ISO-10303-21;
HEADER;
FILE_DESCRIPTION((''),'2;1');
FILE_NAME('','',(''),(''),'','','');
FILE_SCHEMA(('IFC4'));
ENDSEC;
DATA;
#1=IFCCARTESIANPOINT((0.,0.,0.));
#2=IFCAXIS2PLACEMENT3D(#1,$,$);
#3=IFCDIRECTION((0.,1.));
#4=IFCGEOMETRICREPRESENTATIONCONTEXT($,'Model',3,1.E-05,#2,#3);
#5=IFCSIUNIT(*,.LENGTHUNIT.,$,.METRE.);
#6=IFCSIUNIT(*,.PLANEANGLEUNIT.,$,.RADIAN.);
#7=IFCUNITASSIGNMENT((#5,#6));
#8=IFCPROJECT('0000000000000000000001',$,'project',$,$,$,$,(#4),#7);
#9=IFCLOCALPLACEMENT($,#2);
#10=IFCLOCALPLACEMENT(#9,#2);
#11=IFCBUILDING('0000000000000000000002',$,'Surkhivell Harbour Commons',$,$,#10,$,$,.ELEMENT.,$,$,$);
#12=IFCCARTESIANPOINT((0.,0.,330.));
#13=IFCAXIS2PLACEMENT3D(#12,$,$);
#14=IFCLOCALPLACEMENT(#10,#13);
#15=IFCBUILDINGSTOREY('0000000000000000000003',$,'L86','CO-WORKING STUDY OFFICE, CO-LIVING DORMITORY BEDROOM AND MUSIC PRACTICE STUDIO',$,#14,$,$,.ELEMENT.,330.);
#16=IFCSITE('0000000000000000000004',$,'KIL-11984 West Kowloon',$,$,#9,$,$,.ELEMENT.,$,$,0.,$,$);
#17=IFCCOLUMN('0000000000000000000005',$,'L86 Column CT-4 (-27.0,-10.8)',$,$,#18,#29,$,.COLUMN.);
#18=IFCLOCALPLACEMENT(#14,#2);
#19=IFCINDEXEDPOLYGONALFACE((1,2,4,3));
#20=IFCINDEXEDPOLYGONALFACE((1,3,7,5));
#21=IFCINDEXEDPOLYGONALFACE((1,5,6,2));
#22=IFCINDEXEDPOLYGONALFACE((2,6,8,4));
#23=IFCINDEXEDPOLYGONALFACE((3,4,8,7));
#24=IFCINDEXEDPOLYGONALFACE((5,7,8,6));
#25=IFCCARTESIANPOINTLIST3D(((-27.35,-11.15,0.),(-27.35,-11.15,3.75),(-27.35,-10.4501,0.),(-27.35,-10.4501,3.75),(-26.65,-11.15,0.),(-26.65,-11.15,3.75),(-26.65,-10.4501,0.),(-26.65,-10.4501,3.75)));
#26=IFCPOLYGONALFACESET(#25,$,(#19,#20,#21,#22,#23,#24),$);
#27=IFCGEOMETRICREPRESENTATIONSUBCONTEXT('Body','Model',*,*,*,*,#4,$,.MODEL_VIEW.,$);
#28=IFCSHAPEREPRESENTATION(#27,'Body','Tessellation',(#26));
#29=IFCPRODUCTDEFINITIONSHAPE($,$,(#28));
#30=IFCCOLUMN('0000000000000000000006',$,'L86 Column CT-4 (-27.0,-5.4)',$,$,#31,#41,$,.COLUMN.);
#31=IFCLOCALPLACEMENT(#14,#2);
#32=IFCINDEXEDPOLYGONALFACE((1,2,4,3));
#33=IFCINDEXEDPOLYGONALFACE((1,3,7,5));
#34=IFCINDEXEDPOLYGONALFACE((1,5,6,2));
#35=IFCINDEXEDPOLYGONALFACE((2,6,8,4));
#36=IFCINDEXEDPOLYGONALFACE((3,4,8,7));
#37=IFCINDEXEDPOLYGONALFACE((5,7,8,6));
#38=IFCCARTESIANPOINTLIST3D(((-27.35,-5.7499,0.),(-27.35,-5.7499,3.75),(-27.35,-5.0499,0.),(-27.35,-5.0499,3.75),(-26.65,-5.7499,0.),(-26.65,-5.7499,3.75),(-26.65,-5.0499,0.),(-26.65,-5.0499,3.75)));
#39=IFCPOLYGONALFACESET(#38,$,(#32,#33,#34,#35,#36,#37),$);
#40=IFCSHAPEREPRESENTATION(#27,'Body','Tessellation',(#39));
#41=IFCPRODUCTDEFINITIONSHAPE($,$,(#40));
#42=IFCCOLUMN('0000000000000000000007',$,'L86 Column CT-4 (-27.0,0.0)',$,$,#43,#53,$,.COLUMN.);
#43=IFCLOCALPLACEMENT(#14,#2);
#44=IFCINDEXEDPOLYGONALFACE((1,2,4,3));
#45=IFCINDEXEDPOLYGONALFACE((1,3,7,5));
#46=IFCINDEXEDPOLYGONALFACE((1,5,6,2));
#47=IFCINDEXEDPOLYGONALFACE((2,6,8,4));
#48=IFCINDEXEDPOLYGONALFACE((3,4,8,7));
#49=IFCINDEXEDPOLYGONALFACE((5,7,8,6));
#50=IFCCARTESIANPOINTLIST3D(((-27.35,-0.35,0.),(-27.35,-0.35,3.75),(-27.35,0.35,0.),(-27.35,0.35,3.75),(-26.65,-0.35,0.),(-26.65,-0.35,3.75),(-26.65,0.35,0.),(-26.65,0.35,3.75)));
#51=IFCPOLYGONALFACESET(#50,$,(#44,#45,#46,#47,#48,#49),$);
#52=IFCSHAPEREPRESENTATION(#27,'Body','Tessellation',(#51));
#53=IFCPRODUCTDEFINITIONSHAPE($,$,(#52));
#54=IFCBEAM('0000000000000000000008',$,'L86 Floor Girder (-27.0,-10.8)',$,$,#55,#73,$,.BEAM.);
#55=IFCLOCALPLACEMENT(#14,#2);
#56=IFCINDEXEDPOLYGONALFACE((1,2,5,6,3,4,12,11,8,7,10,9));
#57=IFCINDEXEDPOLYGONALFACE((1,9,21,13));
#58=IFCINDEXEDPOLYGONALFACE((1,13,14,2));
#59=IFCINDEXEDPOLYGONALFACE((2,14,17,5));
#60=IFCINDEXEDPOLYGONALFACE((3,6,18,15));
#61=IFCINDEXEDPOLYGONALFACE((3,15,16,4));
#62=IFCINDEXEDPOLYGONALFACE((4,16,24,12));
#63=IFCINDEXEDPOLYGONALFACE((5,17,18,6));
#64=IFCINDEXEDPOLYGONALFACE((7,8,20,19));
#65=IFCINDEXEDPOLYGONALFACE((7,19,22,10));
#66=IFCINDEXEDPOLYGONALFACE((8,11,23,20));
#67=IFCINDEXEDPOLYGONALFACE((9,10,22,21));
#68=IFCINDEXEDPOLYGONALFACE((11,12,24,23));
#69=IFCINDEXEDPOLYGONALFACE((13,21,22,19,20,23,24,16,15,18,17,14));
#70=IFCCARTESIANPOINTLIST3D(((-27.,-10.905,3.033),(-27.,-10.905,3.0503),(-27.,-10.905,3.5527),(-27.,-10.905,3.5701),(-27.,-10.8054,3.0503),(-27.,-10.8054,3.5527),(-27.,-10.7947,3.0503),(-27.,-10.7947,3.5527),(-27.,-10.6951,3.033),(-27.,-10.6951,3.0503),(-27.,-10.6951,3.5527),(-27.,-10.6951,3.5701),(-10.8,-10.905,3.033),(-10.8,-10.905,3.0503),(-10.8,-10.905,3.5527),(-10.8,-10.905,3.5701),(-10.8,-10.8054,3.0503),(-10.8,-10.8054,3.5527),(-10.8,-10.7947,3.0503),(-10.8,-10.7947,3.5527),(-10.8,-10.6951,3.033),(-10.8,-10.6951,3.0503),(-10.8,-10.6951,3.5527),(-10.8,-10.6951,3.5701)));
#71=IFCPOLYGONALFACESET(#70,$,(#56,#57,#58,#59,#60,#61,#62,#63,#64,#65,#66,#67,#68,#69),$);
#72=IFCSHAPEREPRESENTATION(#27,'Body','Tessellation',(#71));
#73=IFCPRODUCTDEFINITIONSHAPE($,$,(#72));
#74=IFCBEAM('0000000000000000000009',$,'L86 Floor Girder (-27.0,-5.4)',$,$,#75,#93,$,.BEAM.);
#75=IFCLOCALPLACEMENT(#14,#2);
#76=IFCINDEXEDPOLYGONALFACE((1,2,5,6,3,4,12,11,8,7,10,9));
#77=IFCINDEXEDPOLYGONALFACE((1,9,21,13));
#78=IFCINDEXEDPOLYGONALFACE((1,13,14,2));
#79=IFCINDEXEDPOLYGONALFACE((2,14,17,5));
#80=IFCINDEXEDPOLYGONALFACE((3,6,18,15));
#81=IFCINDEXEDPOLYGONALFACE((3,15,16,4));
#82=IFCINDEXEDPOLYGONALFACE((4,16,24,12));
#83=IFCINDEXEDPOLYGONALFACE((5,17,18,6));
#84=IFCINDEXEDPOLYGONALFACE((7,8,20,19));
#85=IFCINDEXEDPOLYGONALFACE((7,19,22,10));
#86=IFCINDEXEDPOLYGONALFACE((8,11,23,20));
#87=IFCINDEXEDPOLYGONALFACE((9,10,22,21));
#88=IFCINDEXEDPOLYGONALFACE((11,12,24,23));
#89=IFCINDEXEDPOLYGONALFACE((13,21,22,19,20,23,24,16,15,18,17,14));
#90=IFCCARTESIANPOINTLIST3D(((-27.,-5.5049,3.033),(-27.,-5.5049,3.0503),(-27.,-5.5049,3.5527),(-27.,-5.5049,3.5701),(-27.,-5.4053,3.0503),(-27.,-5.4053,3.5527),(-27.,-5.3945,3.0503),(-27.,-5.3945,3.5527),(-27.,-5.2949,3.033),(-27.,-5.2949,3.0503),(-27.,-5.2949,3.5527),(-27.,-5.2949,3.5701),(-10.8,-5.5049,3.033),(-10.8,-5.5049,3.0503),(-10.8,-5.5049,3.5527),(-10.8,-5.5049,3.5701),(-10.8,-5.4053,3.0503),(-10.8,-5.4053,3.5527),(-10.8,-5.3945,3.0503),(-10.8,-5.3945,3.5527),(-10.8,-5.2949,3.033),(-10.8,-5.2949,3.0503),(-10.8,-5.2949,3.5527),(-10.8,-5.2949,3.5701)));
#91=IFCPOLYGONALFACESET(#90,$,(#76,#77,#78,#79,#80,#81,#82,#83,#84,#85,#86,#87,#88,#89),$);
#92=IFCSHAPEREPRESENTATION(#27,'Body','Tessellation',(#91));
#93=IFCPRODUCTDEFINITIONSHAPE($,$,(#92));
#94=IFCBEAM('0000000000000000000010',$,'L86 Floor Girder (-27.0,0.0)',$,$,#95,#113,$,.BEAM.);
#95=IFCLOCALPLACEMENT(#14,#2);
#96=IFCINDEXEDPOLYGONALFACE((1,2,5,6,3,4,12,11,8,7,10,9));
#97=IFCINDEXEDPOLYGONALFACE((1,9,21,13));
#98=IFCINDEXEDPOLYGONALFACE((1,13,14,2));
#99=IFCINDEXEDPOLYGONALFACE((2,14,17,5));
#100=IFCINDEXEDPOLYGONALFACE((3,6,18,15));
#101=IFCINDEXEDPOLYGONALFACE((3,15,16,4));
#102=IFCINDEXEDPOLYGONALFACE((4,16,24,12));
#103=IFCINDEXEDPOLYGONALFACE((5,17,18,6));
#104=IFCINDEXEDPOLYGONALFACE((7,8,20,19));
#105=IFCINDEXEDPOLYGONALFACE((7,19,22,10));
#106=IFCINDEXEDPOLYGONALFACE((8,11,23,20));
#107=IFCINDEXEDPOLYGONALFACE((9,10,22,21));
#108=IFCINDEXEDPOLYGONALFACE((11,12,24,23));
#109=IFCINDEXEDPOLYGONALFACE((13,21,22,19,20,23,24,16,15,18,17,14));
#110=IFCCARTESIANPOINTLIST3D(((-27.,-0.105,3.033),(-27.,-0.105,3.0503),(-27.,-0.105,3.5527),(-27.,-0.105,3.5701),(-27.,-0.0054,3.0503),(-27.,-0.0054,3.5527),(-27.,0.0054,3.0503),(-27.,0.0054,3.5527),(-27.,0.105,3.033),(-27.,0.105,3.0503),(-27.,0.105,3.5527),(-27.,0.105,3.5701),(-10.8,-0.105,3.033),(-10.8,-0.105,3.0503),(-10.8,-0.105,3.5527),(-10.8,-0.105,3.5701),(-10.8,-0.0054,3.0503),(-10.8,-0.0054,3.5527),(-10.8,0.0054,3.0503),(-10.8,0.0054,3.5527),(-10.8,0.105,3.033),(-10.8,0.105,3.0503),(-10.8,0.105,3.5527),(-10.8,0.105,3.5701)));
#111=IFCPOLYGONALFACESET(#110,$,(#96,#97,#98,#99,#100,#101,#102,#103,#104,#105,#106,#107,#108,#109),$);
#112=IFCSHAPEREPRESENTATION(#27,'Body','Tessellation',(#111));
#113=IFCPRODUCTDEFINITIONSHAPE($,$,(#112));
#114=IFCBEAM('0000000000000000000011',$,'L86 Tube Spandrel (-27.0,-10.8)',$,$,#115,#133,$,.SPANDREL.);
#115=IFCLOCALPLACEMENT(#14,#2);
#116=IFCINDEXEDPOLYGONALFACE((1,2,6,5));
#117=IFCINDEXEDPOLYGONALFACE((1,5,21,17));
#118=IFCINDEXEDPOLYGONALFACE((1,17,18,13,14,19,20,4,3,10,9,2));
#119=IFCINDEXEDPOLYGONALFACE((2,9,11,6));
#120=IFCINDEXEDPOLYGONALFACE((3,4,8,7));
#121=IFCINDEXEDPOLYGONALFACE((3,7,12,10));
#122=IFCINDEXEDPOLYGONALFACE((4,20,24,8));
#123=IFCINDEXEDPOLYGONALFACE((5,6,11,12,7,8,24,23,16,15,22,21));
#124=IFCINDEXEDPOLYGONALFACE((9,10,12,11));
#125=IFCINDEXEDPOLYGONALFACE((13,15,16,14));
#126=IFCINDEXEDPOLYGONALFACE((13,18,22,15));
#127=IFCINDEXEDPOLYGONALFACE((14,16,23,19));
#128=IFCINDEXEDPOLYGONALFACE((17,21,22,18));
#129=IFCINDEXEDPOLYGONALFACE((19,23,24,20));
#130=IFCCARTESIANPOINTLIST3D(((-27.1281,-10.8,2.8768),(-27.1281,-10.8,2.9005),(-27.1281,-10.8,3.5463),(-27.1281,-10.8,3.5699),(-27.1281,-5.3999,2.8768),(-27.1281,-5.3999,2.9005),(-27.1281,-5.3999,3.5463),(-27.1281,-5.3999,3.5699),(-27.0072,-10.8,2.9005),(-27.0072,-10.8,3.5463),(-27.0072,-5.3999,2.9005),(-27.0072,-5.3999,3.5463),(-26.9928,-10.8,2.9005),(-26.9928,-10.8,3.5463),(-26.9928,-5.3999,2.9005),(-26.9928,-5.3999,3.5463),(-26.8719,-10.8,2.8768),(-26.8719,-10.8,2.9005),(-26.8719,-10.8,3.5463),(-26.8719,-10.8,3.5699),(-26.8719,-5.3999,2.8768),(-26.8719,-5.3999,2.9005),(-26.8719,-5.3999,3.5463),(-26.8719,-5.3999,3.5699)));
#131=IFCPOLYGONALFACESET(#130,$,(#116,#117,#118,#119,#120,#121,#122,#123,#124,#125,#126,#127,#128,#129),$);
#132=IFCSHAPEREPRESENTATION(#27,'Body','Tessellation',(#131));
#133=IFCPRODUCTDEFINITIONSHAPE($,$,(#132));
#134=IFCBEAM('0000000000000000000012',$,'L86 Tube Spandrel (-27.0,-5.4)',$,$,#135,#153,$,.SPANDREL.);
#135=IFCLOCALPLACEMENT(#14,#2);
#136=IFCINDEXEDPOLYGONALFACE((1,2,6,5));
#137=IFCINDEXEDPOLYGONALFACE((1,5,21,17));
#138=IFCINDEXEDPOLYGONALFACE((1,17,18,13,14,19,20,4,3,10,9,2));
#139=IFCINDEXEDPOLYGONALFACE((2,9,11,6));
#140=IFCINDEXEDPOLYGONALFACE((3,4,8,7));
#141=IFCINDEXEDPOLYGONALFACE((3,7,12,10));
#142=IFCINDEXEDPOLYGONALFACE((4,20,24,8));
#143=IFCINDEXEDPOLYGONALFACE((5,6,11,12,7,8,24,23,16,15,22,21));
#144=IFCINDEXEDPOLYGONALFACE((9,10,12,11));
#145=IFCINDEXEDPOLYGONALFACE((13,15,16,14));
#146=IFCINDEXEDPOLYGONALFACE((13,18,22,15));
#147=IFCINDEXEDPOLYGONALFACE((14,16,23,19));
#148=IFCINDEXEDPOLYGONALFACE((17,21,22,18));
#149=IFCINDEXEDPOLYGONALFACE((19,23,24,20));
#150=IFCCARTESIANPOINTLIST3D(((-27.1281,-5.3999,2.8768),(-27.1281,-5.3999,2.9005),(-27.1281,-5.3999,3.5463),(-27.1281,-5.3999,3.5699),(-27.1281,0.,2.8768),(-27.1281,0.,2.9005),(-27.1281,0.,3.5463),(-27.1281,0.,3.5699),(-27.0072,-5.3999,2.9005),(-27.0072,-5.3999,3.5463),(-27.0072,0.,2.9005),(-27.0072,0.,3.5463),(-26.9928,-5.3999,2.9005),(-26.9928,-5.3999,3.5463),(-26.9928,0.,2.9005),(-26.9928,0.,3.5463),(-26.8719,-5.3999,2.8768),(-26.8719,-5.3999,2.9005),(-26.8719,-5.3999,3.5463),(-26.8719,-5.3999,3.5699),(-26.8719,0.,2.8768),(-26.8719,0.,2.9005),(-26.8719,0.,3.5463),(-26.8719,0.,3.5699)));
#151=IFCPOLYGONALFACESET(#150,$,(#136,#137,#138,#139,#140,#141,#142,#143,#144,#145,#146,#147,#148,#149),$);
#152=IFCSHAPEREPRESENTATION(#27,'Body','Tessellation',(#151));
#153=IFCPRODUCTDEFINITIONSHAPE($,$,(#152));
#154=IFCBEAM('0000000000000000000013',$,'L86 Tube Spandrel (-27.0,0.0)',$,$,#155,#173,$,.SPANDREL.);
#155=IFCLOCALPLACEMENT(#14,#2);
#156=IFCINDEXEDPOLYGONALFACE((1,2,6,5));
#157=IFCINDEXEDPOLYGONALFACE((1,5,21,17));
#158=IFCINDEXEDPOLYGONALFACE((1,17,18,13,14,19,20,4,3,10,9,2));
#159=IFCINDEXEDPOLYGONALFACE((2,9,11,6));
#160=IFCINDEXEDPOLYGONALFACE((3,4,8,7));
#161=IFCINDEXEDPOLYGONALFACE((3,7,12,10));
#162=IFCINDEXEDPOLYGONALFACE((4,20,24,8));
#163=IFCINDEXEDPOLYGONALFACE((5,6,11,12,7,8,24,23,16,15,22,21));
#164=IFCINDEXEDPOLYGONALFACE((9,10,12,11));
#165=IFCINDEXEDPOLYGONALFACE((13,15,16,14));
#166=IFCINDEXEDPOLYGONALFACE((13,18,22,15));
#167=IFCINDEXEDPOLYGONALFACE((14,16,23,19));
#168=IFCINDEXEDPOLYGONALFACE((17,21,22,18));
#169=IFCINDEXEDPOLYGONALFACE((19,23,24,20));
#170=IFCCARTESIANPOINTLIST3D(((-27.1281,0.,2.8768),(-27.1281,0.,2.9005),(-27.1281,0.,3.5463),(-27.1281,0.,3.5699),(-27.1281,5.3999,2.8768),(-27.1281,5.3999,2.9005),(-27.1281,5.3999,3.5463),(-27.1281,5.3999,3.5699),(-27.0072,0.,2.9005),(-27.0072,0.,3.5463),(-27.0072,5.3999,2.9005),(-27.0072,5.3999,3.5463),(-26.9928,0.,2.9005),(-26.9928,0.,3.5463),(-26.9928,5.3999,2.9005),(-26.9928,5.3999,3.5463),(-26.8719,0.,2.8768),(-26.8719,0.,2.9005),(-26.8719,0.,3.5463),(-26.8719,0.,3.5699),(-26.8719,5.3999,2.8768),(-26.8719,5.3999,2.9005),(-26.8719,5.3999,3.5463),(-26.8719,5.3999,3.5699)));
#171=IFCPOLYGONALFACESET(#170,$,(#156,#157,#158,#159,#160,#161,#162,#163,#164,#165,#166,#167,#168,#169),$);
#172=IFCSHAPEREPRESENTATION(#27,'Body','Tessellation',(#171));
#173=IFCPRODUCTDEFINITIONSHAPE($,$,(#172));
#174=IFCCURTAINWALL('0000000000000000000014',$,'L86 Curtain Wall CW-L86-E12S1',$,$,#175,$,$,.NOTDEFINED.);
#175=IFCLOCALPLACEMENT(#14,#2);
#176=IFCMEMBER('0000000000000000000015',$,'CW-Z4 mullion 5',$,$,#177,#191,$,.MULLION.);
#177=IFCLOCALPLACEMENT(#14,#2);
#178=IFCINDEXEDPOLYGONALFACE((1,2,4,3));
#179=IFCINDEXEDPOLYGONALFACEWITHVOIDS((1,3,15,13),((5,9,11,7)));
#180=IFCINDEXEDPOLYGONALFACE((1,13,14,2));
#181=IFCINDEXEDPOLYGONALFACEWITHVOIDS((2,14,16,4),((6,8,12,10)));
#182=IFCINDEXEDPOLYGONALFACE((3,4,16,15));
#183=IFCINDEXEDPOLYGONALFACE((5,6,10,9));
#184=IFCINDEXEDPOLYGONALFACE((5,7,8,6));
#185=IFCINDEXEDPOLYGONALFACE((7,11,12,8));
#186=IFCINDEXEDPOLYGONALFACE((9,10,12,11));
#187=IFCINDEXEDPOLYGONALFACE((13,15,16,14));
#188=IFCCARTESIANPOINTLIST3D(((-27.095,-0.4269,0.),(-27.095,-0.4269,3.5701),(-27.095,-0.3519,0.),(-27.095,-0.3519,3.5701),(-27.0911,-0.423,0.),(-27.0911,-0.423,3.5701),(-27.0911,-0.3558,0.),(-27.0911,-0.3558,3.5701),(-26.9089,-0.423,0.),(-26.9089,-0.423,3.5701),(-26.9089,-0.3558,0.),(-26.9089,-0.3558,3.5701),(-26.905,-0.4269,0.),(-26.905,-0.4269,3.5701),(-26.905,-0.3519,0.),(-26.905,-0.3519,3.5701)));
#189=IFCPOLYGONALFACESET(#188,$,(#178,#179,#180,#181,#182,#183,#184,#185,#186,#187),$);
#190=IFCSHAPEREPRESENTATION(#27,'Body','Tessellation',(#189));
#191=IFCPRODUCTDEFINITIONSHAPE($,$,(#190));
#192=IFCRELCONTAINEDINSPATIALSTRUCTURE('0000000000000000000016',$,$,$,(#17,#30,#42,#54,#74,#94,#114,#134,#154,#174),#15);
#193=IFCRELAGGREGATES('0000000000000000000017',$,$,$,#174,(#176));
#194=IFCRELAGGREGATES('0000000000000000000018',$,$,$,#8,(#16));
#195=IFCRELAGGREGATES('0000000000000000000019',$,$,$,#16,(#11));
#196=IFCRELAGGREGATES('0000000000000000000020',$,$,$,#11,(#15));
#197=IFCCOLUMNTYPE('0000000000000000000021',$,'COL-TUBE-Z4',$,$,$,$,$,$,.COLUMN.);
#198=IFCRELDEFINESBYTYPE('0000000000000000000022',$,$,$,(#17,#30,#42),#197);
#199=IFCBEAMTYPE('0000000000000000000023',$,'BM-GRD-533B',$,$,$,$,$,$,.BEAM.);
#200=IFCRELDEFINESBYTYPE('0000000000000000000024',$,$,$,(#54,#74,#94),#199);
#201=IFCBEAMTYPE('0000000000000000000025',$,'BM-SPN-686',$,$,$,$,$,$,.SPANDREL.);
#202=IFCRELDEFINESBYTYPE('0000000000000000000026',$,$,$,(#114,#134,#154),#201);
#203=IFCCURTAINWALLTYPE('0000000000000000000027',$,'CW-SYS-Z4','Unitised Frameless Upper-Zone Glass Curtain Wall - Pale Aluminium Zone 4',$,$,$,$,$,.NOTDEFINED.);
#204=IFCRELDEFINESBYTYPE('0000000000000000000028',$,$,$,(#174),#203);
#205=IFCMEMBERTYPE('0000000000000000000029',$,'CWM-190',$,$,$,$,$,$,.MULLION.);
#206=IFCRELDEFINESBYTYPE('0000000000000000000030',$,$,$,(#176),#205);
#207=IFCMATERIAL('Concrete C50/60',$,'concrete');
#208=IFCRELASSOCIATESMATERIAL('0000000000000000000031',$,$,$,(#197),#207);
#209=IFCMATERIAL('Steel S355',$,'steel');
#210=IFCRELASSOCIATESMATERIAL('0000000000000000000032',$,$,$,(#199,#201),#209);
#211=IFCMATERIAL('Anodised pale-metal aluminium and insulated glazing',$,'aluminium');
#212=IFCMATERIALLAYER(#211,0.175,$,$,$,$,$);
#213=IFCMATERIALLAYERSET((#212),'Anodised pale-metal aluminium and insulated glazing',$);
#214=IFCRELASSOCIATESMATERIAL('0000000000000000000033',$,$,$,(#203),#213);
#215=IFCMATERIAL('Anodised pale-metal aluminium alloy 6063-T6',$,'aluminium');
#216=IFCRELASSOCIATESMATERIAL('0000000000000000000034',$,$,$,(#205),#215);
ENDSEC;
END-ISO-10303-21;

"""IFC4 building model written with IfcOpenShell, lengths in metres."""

from ifc_helpers import new_model, si_unit, direction, frame, origin, origin_2d, place, context, subcontext, project, spatial, rectangle, hollow_rectangle, i_section, extrude, material, layer, layer_set, material_profile, profile_set, type_object, element, aggregate, save


model = new_model("IFC4")

# Units and contexts
model_context = context("Model", 3, precision=1e-05, world=origin(), true_north=direction((0.0, 1.0)))
body_context = subcontext(model_context, "Body", "Model", "MODEL_VIEW")
ifc_project = project(units=[si_unit("LENGTHUNIT", "METRE"), si_unit("PLANEANGLEUNIT", "RADIAN")], contexts=[model_context])

# Site, building, storey
site_placement = place(None, origin())
site = spatial("IfcSite", under=ifc_project, at=site_placement, Name="KIL-11984 West Kowloon", CompositionType="ELEMENT", RefElevation=0.0)
building_placement = place(site_placement, origin())
building = spatial("IfcBuilding", under=site, at=building_placement, Name="Surkhivell Harbour Commons", CompositionType="ELEMENT")
storey_placement = place(building_placement, frame((0.0, 0.0, 330.0)))
storey = spatial("IfcBuildingStorey", under=building, at=storey_placement, Name="L86", Description="CO-WORKING STUDY OFFICE, CO-LIVING DORMITORY BEDROOM AND MUSIC PRACTICE STUDIO", CompositionType="ELEMENT", Elevation=330.0)

# Columns
ifc_material_1 = material(Name="Concrete C50/60", Category="concrete")
ifc_material_profile_1 = material_profile(ifc_material_1, rectangle(XDim=0.7, YDim=0.7, at=origin_2d()), Name="RC-COL-700x700")
ifc_profile_set_1 = profile_set([ifc_material_profile_1], Name="Concrete C50/60")
column_type = type_object("IfcColumnType", Name="COL-TUBE-Z4", PredefinedType="COLUMN", material=ifc_profile_set_1)
for number, where, z_axis, x_axis, name in (
    (1, (-27.0, -10.8, 0.0), (0.0, 0.0, 1.0), (1.0, 0.0, 0.0), "L86 Column CT-4 (-27.0,-10.8)"),
    (2, (-27.0, -5.3999, 0.0), (0.0, 0.0, 1.0), (1.0, 0.0, 0.0), "L86 Column CT-4 (-27.0,-5.4)"),
    (3, (-27.0, 0.0, 0.0), (0.0, 0.0, 1.0), (1.0, 0.0, 0.0), "L86 Column CT-4 (-27.0,0.0)"),
):
    element("IfcColumn", number, at=place(storey_placement, frame(where, z_axis=z_axis, x_axis=x_axis)), inside=storey, type_object=column_type, Name=name, PredefinedType="COLUMN", context=body_context, shape_type="SweptSolid", body=[
        extrude(rectangle(XDim=0.7, YDim=0.7, at=origin_2d()), origin(), (0.0, 0.0, 1.0), 3.75),
    ])

# Beams
ifc_material_2 = material(Name="Steel S355", Category="steel")
ifc_material_profile_2 = material_profile(ifc_material_2, i_section(OverallWidth=0.21, OverallDepth=0.5371, WebThickness=0.0107, FlangeThickness=0.0173, at=origin_2d()), Name="UB533x210x101")
ifc_profile_set_2 = profile_set([ifc_material_profile_2], Name="Steel S355")
beam_type_1 = type_object("IfcBeamType", Name="BM-GRD-533B", PredefinedType="BEAM", material=ifc_profile_set_2)
for number, where, z_axis, x_axis, name in (
    (4, (-27.0, -10.8, 3.3015), (1.0, 0.0, 0.0), (0.0, 1.0, 0.0), "L86 Floor Girder (-27.0,-10.8)"),
    (5, (-27.0, -5.3999, 3.3015), (1.0, 0.0, 0.0), (0.0, 1.0, 0.0), "L86 Floor Girder (-27.0,-5.4)"),
    (6, (-27.0, 0.0, 3.3015), (1.0, 0.0, 0.0), (0.0, 1.0, 0.0), "L86 Floor Girder (-27.0,0.0)"),
):
    element("IfcBeam", number, at=place(storey_placement, frame(where, z_axis=z_axis, x_axis=x_axis)), inside=storey, type_object=beam_type_1, Name=name, PredefinedType="BEAM", context=body_context, shape_type="SweptSolid", body=[
        extrude(i_section(OverallWidth=0.21, OverallDepth=0.5371, WebThickness=0.0107, FlangeThickness=0.0173, at=origin_2d()), origin(), (0.0, 0.0, 1.0), 16.2),
    ])
ifc_material_profile_3 = material_profile(ifc_material_2, i_section(OverallWidth=0.2561, OverallDepth=0.6931, WebThickness=0.0144, FlangeThickness=0.0237, at=origin_2d()), Name="UB686x254x170")
ifc_profile_set_3 = profile_set([ifc_material_profile_3], Name="Steel S355")
beam_type_2 = type_object("IfcBeamType", Name="BM-SPN-686", PredefinedType="SPANDREL", material=ifc_profile_set_3)
beam_placement = place(storey_placement, frame((-27.0, -10.8, 3.2234), z_axis=(0.0, 1.0, 0.0), x_axis=(-1.0, 0.0, 0.0)))
element("IfcBeam", 7, at=beam_placement, inside=storey, type_object=beam_type_2, Name="L86 Tube Spandrel (-27.0,-10.8)", PredefinedType="SPANDREL", context=body_context, shape_type="SweptSolid", body=[
    extrude(i_section(OverallWidth=0.2561, OverallDepth=0.6931, WebThickness=0.0144, FlangeThickness=0.0237, at=origin_2d()), origin(), (0.0, 0.0, 1.0), 5.4001),
])
for number, where, z_axis, x_axis, name in (
    (8, (-27.0, -5.3999, 3.2234), (0.0, 1.0, 0.0), (-1.0, 0.0, 0.0), "L86 Tube Spandrel (-27.0,-5.4)"),
    (9, (-27.0, 0.0, 3.2234), (0.0, 1.0, 0.0), (-1.0, 0.0, 0.0), "L86 Tube Spandrel (-27.0,0.0)"),
):
    element("IfcBeam", number, at=place(storey_placement, frame(where, z_axis=z_axis, x_axis=x_axis)), inside=storey, type_object=beam_type_2, Name=name, PredefinedType="SPANDREL", context=body_context, shape_type="SweptSolid", body=[
        extrude(i_section(OverallWidth=0.2561, OverallDepth=0.6931, WebThickness=0.0144, FlangeThickness=0.0237, at=origin_2d()), origin(), (0.0, 0.0, 1.0), 5.3999),
    ])

# Curtain wall, member
ifc_material_3 = material(Name="Anodised pale-metal aluminium and insulated glazing", Category="aluminium")
ifc_layer_1 = layer(ifc_material_3, 0.175)
ifc_layer_set_1 = layer_set([ifc_layer_1], Name="Anodised pale-metal aluminium and insulated glazing")
curtain_wall_type = type_object("IfcCurtainWallType", Name="CW-SYS-Z4", Description="Unitised Frameless Upper-Zone Glass Curtain Wall - Pale Aluminium Zone 4", PredefinedType="NOTDEFINED", material=ifc_layer_set_1)
curtain_wall_placement = place(storey_placement, origin())
curtain_wall = element("IfcCurtainWall", 10, at=curtain_wall_placement, inside=storey, type_object=curtain_wall_type, Name="L86 Curtain Wall CW-L86-E12S1", PredefinedType="NOTDEFINED")
ifc_material_4 = material(Name="Anodised pale-metal aluminium alloy 6063-T6", Category="aluminium")
ifc_material_profile_4 = material_profile(ifc_material_4, hollow_rectangle(XDim=0.075, YDim=0.1899, WallThickness=0.0039, at=origin_2d()), Name="ALU-MULL-75x190")
ifc_profile_set_4 = profile_set([ifc_material_profile_4], Name="Anodised pale-metal aluminium alloy 6063-T6")
member_type_1 = type_object("IfcMemberType", Name="CWM-190", PredefinedType="MULLION", material=ifc_profile_set_4)
member_1_placement = place(storey_placement, frame((-27.0, -0.3894, 0.0), z_axis=(0.0, 0.0, 1.0), x_axis=(0.0, -1.0, 0.0)))
member_1 = element("IfcMember", 11, at=member_1_placement, type_object=member_type_1, Name="CW-Z4 mullion 5", PredefinedType="MULLION", context=body_context, shape_type="SweptSolid", body=[
    extrude(hollow_rectangle(XDim=0.075, YDim=0.1899, WallThickness=0.0039, at=origin_2d()), origin(), (0.0, 0.0, 1.0), 3.5701),
])

aggregate(curtain_wall, [member_1])

save(model, "model.ifc")
